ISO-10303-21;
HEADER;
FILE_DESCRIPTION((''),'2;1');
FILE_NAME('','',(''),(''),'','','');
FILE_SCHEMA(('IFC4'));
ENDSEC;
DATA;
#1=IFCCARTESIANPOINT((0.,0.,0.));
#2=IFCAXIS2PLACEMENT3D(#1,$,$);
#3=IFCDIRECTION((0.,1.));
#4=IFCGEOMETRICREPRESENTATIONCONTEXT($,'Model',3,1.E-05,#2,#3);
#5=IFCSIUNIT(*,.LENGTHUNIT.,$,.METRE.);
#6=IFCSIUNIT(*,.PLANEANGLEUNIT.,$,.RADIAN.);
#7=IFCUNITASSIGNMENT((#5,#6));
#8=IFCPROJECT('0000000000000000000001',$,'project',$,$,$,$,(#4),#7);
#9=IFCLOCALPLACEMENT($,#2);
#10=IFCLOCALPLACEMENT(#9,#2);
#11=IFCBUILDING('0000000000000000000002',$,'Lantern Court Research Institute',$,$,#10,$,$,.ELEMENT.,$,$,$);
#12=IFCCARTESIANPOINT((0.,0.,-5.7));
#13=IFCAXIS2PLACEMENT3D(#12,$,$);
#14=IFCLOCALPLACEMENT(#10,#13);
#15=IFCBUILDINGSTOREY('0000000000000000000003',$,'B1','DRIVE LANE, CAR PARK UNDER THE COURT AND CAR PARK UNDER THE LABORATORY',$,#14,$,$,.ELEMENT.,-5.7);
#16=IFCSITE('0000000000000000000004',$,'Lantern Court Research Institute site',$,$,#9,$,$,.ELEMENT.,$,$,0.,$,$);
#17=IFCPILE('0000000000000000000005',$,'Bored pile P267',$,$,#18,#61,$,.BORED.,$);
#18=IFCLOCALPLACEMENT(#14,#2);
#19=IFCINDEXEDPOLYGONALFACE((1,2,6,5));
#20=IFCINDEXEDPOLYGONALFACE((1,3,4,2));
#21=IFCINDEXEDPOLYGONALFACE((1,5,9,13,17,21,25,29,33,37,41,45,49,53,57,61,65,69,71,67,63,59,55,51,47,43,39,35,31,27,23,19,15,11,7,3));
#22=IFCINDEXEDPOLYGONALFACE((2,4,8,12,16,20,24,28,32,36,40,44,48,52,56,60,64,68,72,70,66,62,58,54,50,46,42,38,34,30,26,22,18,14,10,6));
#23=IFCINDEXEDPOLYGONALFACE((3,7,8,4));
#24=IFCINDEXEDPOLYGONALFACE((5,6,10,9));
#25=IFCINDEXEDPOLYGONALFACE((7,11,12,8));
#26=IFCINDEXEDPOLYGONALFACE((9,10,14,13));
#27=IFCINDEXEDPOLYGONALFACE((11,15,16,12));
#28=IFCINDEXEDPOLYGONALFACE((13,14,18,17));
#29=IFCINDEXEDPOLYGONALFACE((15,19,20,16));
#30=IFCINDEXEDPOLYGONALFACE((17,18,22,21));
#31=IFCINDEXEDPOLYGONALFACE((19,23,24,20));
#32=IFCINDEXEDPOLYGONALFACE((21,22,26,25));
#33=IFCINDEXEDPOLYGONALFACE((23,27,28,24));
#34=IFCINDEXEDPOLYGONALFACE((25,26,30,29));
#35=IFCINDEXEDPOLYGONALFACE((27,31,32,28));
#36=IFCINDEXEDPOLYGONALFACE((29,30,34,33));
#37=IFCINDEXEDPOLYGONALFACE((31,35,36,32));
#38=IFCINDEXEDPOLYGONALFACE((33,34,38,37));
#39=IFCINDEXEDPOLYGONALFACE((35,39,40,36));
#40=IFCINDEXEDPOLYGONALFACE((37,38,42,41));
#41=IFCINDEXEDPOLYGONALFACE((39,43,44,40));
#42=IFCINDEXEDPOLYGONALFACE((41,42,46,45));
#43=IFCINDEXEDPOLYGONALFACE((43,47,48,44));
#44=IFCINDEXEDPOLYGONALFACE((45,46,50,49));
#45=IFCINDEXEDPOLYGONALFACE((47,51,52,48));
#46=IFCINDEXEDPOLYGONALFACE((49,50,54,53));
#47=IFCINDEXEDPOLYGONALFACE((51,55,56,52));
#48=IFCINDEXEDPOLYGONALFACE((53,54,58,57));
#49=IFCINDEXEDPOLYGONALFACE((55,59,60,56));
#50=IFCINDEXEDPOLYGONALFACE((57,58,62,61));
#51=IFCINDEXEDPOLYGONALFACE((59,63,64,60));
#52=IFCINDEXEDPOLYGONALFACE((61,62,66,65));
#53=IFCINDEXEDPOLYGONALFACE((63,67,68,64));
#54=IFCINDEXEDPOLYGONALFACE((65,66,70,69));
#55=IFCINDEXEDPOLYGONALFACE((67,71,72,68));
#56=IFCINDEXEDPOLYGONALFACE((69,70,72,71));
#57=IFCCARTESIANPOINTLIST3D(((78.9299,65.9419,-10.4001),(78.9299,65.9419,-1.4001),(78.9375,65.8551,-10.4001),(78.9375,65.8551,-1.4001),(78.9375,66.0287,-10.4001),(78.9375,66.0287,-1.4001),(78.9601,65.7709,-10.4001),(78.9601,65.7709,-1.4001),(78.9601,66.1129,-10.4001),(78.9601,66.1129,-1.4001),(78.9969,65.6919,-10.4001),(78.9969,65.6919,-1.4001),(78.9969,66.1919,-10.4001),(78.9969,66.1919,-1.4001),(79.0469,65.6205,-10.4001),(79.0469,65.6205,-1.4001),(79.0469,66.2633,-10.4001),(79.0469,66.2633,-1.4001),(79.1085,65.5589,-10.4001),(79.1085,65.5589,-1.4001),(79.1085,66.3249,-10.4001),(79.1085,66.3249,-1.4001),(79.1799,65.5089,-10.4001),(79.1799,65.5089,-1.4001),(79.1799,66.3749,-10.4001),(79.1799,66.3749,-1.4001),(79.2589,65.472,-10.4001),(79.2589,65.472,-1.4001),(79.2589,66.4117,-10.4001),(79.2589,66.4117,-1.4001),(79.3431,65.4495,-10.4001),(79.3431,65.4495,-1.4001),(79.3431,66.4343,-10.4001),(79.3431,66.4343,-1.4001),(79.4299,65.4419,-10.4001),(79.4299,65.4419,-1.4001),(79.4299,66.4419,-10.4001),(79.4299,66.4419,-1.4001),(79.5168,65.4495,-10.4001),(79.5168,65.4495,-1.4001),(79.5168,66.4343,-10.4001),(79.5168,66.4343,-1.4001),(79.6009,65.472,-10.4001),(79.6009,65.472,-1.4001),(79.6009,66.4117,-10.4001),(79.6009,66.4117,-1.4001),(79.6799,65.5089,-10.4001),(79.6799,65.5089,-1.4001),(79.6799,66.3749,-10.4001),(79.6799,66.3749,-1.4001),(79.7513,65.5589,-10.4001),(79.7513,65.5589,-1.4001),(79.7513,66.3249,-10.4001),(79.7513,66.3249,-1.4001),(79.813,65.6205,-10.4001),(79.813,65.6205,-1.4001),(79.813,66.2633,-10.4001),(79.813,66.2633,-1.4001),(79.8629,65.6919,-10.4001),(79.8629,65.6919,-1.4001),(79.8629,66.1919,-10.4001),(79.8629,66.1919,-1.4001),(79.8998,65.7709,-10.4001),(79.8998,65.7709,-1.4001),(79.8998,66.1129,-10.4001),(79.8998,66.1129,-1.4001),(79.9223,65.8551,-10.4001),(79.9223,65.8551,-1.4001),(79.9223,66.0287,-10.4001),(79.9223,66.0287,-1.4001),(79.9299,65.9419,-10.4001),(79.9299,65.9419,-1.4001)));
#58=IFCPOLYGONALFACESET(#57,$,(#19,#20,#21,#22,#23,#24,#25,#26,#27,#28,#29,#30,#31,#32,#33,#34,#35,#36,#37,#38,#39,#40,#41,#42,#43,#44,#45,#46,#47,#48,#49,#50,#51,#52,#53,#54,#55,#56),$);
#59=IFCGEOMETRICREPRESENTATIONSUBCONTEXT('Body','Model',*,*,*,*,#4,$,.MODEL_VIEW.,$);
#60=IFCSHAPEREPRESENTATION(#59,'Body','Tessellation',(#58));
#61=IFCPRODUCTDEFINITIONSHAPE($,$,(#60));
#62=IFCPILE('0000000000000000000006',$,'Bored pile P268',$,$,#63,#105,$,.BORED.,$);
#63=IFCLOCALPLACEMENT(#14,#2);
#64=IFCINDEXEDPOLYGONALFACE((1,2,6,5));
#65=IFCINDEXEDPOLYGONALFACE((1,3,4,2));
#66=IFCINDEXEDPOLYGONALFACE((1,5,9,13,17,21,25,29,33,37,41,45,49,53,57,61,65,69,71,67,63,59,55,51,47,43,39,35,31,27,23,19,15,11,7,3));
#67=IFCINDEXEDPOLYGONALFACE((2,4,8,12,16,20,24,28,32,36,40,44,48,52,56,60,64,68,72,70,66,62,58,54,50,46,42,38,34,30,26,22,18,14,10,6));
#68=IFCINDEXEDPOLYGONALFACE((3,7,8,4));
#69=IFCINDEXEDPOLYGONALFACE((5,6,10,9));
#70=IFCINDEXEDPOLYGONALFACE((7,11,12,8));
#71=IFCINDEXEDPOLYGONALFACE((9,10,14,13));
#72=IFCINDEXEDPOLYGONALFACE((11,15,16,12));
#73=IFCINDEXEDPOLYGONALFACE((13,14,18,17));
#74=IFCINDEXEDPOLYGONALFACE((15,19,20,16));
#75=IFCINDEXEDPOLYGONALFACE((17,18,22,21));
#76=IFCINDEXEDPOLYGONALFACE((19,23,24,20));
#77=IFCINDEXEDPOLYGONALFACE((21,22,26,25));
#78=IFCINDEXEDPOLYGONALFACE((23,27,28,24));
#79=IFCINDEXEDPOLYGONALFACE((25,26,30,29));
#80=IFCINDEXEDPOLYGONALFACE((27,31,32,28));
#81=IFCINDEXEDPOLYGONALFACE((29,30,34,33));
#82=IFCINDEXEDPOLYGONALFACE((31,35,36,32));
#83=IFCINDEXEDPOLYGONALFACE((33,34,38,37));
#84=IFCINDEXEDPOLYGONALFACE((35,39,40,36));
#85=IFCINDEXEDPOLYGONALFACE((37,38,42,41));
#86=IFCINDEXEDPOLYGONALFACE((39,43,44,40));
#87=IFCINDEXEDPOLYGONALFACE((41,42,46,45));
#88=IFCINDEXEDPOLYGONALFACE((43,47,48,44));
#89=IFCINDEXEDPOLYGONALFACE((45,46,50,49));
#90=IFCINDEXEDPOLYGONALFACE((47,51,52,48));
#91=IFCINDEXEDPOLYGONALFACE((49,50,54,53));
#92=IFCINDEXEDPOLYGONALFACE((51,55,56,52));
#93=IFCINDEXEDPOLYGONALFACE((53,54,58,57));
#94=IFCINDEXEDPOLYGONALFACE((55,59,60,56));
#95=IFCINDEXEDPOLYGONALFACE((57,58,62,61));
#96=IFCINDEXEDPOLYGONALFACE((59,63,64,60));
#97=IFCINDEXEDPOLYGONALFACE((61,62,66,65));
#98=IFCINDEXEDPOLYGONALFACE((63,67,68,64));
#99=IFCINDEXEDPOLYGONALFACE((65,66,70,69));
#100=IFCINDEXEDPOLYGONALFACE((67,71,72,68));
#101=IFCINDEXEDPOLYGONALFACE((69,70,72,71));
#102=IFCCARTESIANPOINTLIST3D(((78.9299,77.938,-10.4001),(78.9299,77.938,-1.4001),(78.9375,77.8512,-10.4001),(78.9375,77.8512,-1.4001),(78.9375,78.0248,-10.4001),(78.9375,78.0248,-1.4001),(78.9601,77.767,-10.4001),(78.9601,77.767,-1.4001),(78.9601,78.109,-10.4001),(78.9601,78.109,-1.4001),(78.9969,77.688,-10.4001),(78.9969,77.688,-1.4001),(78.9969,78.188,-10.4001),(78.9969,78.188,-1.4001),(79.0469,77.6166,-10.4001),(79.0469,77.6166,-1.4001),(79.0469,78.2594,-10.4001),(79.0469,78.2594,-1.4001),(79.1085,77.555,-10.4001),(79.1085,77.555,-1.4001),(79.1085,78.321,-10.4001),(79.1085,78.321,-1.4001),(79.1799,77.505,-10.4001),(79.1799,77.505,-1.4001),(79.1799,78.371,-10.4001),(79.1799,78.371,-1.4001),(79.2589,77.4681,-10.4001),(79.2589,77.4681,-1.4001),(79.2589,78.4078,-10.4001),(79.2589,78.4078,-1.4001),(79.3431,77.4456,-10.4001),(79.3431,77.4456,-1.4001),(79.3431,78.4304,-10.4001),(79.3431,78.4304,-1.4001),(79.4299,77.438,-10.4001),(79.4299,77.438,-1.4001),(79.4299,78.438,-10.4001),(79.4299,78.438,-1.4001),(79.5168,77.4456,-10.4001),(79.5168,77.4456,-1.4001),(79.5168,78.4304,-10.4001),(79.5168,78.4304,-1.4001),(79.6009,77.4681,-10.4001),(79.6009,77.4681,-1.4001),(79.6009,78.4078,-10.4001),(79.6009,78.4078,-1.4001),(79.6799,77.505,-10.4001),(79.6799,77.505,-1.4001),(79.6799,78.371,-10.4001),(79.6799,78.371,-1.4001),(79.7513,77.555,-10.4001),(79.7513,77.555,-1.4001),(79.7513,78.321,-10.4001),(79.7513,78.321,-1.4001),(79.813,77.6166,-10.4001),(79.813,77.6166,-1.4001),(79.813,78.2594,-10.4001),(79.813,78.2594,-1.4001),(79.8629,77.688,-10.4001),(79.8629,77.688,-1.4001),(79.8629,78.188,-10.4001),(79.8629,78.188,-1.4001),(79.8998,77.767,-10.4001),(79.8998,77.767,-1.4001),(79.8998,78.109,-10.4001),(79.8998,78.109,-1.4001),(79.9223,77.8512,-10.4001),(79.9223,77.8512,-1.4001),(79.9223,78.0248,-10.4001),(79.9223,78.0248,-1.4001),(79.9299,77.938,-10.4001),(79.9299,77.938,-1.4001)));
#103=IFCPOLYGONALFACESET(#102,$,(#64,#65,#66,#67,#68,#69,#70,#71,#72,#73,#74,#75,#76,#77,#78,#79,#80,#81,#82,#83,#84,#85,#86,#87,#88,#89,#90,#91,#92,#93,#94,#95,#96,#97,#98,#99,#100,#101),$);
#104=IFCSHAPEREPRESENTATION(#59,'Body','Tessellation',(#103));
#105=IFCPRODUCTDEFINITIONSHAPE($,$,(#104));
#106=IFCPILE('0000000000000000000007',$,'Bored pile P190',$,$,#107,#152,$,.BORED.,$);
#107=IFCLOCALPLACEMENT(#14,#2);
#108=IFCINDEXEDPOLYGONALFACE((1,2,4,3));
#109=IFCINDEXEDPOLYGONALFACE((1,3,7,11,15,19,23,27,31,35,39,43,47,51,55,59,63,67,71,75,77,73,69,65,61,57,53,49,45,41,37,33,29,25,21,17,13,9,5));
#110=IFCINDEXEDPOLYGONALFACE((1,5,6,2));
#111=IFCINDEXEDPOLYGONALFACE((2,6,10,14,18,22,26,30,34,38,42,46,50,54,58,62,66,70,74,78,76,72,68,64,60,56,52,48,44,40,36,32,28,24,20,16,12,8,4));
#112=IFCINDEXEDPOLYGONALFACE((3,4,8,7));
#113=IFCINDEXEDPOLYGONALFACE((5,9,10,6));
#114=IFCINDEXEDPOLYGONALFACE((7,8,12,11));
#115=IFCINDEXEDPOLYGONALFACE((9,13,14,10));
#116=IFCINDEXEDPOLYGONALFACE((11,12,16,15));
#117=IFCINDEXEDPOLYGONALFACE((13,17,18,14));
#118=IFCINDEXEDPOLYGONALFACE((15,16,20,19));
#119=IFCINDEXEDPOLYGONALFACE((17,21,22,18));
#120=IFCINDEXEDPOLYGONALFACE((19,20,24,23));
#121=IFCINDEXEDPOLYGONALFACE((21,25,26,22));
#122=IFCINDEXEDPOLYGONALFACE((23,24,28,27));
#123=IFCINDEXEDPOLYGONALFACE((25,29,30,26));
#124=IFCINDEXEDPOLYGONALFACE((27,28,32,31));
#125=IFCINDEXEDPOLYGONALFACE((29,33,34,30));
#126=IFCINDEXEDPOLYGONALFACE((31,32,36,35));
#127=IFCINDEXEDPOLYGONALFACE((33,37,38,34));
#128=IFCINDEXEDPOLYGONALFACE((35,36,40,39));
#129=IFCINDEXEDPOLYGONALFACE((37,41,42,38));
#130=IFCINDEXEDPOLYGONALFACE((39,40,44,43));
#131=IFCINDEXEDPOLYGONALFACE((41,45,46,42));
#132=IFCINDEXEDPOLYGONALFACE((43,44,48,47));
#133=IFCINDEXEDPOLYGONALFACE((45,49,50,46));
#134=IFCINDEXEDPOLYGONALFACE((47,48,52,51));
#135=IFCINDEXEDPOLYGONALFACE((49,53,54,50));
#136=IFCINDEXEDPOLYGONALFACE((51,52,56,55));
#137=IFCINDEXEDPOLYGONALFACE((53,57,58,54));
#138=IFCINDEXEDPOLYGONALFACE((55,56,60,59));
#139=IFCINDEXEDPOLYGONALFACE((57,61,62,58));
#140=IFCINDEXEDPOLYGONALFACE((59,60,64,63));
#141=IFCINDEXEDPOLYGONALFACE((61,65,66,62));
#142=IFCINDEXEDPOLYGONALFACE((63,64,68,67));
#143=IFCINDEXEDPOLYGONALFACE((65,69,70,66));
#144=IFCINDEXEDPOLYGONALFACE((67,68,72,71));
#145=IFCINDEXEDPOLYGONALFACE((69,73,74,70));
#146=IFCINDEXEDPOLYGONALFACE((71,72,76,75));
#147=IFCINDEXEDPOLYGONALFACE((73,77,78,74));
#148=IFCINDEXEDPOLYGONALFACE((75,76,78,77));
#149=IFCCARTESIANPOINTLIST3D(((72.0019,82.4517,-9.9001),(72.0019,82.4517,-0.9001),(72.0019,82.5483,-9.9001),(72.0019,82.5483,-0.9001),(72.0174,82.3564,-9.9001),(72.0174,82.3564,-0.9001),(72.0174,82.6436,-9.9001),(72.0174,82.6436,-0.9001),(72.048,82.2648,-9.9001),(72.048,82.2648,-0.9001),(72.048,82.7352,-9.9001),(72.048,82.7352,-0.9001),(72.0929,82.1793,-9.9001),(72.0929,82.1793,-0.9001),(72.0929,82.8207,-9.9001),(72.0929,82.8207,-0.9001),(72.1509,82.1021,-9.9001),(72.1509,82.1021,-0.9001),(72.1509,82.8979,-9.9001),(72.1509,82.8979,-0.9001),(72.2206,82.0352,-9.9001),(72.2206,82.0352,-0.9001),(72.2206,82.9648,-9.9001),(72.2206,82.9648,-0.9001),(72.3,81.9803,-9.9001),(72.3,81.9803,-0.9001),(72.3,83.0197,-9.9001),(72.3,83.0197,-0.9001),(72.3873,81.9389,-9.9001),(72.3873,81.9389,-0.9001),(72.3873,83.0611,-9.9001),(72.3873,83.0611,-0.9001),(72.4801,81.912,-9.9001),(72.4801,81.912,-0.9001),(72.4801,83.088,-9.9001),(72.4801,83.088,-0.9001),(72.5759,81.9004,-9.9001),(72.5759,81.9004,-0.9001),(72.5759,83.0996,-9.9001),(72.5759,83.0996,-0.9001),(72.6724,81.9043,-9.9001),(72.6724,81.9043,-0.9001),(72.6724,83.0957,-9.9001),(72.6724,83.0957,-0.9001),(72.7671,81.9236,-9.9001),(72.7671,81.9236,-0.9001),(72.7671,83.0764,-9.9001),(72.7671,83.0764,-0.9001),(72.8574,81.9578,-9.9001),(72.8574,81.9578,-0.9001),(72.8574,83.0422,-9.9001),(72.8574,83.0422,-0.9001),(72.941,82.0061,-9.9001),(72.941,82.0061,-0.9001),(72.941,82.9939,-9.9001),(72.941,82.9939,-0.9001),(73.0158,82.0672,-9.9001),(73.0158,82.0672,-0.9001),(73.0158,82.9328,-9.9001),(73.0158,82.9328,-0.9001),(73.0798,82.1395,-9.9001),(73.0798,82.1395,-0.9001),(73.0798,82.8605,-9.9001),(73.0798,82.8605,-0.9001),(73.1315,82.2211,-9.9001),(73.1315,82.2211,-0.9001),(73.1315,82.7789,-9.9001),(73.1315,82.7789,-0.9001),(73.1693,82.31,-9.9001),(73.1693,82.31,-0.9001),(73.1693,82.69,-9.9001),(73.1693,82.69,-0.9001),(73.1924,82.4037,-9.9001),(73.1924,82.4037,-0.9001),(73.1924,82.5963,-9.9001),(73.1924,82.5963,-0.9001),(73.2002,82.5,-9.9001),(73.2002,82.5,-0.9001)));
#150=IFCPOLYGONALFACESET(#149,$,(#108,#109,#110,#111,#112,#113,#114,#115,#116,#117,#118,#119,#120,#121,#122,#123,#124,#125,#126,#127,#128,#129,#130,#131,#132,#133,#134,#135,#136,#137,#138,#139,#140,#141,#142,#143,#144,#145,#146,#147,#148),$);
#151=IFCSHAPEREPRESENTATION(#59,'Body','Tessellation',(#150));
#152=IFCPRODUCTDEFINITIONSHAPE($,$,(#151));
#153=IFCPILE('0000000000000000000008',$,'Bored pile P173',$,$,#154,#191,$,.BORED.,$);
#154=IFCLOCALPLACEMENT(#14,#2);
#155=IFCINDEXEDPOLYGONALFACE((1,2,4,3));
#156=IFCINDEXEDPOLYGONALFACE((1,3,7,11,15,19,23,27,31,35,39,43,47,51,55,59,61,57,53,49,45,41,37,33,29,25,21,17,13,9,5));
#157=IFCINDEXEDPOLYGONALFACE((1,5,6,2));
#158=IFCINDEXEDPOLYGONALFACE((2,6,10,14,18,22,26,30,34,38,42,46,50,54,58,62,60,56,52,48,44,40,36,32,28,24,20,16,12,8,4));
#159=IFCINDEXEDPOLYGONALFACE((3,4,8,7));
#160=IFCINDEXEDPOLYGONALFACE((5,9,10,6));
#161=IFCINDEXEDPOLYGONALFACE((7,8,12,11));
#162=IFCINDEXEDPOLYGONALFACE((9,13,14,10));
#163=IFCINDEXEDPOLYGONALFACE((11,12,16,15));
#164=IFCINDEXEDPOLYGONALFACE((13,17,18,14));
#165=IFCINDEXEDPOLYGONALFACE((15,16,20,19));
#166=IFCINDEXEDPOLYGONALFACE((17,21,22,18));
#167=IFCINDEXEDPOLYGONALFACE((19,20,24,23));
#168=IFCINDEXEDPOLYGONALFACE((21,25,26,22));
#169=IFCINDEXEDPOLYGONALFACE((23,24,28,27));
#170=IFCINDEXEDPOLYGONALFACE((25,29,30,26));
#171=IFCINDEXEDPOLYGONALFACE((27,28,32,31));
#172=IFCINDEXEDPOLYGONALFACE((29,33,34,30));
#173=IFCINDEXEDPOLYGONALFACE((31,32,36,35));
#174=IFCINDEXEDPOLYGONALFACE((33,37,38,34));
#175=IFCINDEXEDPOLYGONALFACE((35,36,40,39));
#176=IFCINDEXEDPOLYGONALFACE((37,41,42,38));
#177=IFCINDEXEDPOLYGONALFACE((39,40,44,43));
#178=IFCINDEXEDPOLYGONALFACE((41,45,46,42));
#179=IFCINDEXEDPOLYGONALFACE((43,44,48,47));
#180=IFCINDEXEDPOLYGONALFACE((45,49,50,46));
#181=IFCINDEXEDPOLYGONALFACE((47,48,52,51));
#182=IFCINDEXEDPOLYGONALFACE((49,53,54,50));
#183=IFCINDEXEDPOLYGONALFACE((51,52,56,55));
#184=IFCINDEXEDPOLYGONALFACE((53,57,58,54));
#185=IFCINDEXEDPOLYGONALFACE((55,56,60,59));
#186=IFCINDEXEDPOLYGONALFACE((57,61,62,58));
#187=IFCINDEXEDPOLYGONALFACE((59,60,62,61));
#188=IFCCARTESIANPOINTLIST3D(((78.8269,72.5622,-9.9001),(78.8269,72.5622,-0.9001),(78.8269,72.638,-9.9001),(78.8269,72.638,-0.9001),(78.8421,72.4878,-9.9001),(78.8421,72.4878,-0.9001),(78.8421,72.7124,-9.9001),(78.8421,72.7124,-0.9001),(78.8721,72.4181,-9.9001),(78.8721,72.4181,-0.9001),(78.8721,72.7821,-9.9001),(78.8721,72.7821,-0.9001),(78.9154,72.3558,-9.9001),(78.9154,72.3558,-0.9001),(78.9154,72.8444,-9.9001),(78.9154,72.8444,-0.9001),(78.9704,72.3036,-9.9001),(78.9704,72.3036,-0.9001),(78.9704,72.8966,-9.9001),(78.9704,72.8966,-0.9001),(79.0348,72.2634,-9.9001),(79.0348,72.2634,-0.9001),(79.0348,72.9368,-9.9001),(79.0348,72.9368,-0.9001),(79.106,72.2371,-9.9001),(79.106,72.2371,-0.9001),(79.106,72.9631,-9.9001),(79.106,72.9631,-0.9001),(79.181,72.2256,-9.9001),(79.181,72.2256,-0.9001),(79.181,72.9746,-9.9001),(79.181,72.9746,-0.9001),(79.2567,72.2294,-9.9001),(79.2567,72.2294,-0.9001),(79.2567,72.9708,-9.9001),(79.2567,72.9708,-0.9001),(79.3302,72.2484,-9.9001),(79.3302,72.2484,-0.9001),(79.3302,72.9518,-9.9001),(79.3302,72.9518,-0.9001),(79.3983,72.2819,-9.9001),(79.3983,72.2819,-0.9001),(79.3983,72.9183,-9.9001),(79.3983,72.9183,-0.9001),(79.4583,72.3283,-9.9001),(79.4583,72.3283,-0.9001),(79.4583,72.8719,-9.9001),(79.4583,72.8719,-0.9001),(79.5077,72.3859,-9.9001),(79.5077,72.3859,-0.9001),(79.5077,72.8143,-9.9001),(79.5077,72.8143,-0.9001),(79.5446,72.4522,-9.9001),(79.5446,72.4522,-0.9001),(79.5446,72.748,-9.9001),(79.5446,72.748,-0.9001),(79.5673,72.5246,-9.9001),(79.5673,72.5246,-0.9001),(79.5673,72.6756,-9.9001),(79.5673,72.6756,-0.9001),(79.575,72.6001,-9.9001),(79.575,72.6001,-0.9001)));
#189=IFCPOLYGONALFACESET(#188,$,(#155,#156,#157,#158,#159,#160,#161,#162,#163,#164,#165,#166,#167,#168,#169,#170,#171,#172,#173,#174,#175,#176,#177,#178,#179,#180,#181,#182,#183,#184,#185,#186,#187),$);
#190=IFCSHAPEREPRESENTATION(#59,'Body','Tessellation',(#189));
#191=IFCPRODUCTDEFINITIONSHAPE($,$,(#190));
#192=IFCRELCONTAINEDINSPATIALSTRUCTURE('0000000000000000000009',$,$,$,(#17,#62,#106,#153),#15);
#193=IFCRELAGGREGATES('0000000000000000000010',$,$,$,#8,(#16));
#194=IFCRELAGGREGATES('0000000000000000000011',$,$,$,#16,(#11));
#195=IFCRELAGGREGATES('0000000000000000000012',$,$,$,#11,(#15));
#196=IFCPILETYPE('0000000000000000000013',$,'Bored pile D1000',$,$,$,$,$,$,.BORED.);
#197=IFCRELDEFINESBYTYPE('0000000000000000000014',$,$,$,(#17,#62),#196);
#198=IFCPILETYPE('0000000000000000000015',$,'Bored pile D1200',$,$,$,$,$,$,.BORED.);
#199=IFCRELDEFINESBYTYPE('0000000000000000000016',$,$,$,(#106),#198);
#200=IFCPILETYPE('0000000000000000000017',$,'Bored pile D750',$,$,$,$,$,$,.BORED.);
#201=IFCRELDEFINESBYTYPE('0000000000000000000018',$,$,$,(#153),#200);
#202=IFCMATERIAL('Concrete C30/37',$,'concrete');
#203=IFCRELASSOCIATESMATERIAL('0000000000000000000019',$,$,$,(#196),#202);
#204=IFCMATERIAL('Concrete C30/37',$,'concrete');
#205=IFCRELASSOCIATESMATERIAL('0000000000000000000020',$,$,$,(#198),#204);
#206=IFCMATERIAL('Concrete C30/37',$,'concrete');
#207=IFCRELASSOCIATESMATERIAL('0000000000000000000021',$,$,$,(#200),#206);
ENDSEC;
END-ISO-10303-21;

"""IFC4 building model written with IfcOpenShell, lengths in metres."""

from ifc_helpers import new_model, si_unit, direction, frame, origin, origin_2d, place, context, subcontext, project, spatial, circle, extrude, material, material_profile, profile_set, type_object, element, save


model = new_model("IFC4")

# Units and contexts
model_context = context("Model", 3, precision=1e-05, world=origin(), true_north=direction((0.0, 1.0)))
body_context = subcontext(model_context, "Body", "Model", "MODEL_VIEW")
ifc_project = project(units=[si_unit("LENGTHUNIT", "METRE"), si_unit("PLANEANGLEUNIT", "RADIAN")], contexts=[model_context])

# Site, building, storey
site_placement = place(None, origin())
site = spatial("IfcSite", under=ifc_project, at=site_placement, Name="Lantern Court Research Institute site", CompositionType="ELEMENT", RefElevation=0.0)
building_placement = place(site_placement, origin())
building = spatial("IfcBuilding", under=site, at=building_placement, Name="Lantern Court Research Institute", CompositionType="ELEMENT")
storey_placement = place(building_placement, frame((0.0, 0.0, -5.7)))
storey = spatial("IfcBuildingStorey", under=building, at=storey_placement, Name="B1", Description="DRIVE LANE, CAR PARK UNDER THE COURT AND CAR PARK UNDER THE LABORATORY", CompositionType="ELEMENT", Elevation=-5.7)

# Piles
ifc_material_1 = material(Name="Concrete C30/37", Category="concrete")
ifc_material_profile_1 = material_profile(ifc_material_1, circle(Radius=0.5, at=origin_2d()), Name="Bored pile D1000")
ifc_profile_set_1 = profile_set([ifc_material_profile_1], Name="Concrete C30/37")
pile_type_1 = type_object("IfcPileType", Name="Bored pile D1000", PredefinedType="BORED", material=ifc_profile_set_1)
for number, where, z_axis, x_axis, name in (
    (1, (79.4299, 65.9419, -1.4001), (0.0, 0.0, -1.0), (1.0, 0.0, 0.0), "Bored pile P267"),
    (2, (79.4299, 77.938, -1.4001), (0.0, 0.0, -1.0), (1.0, 0.0, 0.0), "Bored pile P268"),
):
    element("IfcPile", number, at=place(storey_placement, frame(where, z_axis=z_axis, x_axis=x_axis)), inside=storey, type_object=pile_type_1, Name=name, PredefinedType="BORED", context=body_context, shape_type="SweptSolid", body=[
        extrude(circle(Radius=0.5, at=origin_2d()), origin(), (0.0, 0.0, 1.0), 9.0),
    ])
ifc_material_2 = material(Name="Concrete C30/37", Category="concrete")
ifc_material_profile_2 = material_profile(ifc_material_2, circle(Radius=0.6001, at=origin_2d()), Name="Bored pile D1200")
ifc_profile_set_2 = profile_set([ifc_material_profile_2], Name="Concrete C30/37")
pile_type_2 = type_object("IfcPileType", Name="Bored pile D1200", PredefinedType="BORED", material=ifc_profile_set_2)
pile_1_placement = place(storey_placement, frame((72.6001, 82.5, -0.9001), z_axis=(0.0, 0.0, -1.0), x_axis=(1.0, 0.0, 0.0)))
element("IfcPile", 3, at=pile_1_placement, inside=storey, type_object=pile_type_2, Name="Bored pile P190", PredefinedType="BORED", context=body_context, shape_type="SweptSolid", body=[
    extrude(circle(Radius=0.6001, at=origin_2d()), origin(), (0.0, 0.0, 1.0), 9.0),
])
ifc_material_3 = material(Name="Concrete C30/37", Category="concrete")
ifc_material_profile_3 = material_profile(ifc_material_3, circle(Radius=0.375, at=origin_2d()), Name="Bored pile D750")
ifc_profile_set_3 = profile_set([ifc_material_profile_3], Name="Concrete C30/37")
pile_type_3 = type_object("IfcPileType", Name="Bored pile D750", PredefinedType="BORED", material=ifc_profile_set_3)
pile_2_placement = place(storey_placement, frame((79.2, 72.6001, -0.9001), z_axis=(0.0, 0.0, -1.0), x_axis=(1.0, 0.0, 0.0)))
element("IfcPile", 4, at=pile_2_placement, inside=storey, type_object=pile_type_3, Name="Bored pile P173", PredefinedType="BORED", context=body_context, shape_type="SweptSolid", body=[
    extrude(circle(Radius=0.375, at=origin_2d()), origin(), (0.0, 0.0, 1.0), 9.0),
])

save(model, "model.ifc")
